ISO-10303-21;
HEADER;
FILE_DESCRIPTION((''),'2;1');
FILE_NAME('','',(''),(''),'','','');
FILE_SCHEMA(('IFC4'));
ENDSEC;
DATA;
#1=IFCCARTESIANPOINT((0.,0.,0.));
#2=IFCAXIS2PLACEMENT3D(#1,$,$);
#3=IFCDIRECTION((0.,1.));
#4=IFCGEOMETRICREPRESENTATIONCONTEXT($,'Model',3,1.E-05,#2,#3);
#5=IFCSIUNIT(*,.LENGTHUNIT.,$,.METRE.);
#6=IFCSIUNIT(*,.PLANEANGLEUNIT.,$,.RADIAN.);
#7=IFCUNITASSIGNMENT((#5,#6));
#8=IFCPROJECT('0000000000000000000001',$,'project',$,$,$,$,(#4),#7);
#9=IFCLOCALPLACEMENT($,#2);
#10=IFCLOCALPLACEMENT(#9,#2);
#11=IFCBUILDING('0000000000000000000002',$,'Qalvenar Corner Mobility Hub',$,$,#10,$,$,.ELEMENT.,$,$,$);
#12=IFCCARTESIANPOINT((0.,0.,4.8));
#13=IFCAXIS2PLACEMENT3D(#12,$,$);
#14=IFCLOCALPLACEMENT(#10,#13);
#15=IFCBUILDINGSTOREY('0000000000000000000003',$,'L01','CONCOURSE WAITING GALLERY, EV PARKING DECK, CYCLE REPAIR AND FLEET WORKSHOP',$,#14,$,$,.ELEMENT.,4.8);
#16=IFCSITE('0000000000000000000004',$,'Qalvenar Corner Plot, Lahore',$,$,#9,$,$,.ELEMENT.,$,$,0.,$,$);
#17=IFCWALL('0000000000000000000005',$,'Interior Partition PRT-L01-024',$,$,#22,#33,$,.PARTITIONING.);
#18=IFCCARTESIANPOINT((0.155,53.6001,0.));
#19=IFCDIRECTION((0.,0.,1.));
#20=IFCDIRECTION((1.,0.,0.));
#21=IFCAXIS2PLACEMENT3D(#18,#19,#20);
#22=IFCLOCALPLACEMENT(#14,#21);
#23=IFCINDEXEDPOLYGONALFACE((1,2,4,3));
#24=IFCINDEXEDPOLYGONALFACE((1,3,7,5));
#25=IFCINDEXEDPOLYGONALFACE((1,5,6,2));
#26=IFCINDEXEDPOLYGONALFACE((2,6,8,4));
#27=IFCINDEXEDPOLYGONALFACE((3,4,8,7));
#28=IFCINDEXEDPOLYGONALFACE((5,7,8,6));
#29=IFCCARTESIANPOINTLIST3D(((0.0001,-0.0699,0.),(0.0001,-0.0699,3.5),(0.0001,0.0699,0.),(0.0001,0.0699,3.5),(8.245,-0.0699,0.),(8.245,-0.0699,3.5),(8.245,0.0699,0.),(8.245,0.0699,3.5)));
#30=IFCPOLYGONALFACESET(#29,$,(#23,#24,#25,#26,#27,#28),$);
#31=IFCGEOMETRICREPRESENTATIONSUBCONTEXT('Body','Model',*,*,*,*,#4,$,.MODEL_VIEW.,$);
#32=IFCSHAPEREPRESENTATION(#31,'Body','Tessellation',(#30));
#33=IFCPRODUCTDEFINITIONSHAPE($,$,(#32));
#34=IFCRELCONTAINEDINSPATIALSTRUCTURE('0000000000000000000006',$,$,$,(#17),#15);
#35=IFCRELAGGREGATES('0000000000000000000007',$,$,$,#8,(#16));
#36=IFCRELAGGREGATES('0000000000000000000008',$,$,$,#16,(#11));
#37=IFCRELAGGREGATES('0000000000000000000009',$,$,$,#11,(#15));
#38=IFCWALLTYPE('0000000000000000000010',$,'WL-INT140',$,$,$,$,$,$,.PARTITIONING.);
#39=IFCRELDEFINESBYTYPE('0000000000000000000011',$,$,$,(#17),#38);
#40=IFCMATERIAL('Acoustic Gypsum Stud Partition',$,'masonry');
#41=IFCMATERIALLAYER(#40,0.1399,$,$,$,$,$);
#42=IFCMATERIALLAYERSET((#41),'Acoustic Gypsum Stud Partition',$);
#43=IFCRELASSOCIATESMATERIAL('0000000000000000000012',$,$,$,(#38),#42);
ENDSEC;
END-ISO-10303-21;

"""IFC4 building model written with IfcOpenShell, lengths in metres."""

from ifc_helpers import new_model, si_unit, direction, frame, frame_2d, origin, place, context, subcontext, project, spatial, rectangle, extrude, material, layer, layer_set, type_object, element, save


model = new_model("IFC4")

# Units and contexts
model_context = context("Model", 3, precision=1e-05, world=origin(), true_north=direction((0.0, 1.0)))
body_context = subcontext(model_context, "Body", "Model", "MODEL_VIEW")
ifc_project = project(units=[si_unit("LENGTHUNIT", "METRE"), si_unit("PLANEANGLEUNIT", "RADIAN")], contexts=[model_context])

# Site, building, storey
site_placement = place(None, origin())
site = spatial("IfcSite", under=ifc_project, at=site_placement, Name="Qalvenar Corner Plot, Lahore", CompositionType="ELEMENT", RefElevation=0.0)
building_placement = place(site_placement, origin())
building = spatial("IfcBuilding", under=site, at=building_placement, Name="Qalvenar Corner Mobility Hub", CompositionType="ELEMENT")
storey_placement = place(building_placement, frame((0.0, 0.0, 4.8)))
storey = spatial("IfcBuildingStorey", under=building, at=storey_placement, Name="L01", Description="CONCOURSE WAITING GALLERY, EV PARKING DECK, CYCLE REPAIR AND FLEET WORKSHOP", CompositionType="ELEMENT", Elevation=4.8)

# Wall
ifc_material_1 = material(Name="Acoustic Gypsum Stud Partition", Category="masonry")
ifc_layer_1 = layer(ifc_material_1, 0.1399)
ifc_layer_set_1 = layer_set([ifc_layer_1], Name="Acoustic Gypsum Stud Partition")
wall_type_1 = type_object("IfcWallType", Name="WL-INT140", PredefinedType="PARTITIONING", material=ifc_layer_set_1)
wall_1_placement = place(storey_placement, frame((0.155, 53.6001, 0.0), z_axis=(0.0, 0.0, 1.0), x_axis=(1.0, 0.0, 0.0)))
element("IfcWall", 1, at=wall_1_placement, inside=storey, type_object=wall_type_1, Name="Interior Partition PRT-L01-024", PredefinedType="PARTITIONING", context=body_context, shape_type="SweptSolid", body=[
    extrude(rectangle(XDim=8.2449, YDim=0.1399, at=frame_2d((4.1226, 0.0))), origin(), (0.0, 0.0, 1.0), 3.5),
])

save(model, "model.ifc")
